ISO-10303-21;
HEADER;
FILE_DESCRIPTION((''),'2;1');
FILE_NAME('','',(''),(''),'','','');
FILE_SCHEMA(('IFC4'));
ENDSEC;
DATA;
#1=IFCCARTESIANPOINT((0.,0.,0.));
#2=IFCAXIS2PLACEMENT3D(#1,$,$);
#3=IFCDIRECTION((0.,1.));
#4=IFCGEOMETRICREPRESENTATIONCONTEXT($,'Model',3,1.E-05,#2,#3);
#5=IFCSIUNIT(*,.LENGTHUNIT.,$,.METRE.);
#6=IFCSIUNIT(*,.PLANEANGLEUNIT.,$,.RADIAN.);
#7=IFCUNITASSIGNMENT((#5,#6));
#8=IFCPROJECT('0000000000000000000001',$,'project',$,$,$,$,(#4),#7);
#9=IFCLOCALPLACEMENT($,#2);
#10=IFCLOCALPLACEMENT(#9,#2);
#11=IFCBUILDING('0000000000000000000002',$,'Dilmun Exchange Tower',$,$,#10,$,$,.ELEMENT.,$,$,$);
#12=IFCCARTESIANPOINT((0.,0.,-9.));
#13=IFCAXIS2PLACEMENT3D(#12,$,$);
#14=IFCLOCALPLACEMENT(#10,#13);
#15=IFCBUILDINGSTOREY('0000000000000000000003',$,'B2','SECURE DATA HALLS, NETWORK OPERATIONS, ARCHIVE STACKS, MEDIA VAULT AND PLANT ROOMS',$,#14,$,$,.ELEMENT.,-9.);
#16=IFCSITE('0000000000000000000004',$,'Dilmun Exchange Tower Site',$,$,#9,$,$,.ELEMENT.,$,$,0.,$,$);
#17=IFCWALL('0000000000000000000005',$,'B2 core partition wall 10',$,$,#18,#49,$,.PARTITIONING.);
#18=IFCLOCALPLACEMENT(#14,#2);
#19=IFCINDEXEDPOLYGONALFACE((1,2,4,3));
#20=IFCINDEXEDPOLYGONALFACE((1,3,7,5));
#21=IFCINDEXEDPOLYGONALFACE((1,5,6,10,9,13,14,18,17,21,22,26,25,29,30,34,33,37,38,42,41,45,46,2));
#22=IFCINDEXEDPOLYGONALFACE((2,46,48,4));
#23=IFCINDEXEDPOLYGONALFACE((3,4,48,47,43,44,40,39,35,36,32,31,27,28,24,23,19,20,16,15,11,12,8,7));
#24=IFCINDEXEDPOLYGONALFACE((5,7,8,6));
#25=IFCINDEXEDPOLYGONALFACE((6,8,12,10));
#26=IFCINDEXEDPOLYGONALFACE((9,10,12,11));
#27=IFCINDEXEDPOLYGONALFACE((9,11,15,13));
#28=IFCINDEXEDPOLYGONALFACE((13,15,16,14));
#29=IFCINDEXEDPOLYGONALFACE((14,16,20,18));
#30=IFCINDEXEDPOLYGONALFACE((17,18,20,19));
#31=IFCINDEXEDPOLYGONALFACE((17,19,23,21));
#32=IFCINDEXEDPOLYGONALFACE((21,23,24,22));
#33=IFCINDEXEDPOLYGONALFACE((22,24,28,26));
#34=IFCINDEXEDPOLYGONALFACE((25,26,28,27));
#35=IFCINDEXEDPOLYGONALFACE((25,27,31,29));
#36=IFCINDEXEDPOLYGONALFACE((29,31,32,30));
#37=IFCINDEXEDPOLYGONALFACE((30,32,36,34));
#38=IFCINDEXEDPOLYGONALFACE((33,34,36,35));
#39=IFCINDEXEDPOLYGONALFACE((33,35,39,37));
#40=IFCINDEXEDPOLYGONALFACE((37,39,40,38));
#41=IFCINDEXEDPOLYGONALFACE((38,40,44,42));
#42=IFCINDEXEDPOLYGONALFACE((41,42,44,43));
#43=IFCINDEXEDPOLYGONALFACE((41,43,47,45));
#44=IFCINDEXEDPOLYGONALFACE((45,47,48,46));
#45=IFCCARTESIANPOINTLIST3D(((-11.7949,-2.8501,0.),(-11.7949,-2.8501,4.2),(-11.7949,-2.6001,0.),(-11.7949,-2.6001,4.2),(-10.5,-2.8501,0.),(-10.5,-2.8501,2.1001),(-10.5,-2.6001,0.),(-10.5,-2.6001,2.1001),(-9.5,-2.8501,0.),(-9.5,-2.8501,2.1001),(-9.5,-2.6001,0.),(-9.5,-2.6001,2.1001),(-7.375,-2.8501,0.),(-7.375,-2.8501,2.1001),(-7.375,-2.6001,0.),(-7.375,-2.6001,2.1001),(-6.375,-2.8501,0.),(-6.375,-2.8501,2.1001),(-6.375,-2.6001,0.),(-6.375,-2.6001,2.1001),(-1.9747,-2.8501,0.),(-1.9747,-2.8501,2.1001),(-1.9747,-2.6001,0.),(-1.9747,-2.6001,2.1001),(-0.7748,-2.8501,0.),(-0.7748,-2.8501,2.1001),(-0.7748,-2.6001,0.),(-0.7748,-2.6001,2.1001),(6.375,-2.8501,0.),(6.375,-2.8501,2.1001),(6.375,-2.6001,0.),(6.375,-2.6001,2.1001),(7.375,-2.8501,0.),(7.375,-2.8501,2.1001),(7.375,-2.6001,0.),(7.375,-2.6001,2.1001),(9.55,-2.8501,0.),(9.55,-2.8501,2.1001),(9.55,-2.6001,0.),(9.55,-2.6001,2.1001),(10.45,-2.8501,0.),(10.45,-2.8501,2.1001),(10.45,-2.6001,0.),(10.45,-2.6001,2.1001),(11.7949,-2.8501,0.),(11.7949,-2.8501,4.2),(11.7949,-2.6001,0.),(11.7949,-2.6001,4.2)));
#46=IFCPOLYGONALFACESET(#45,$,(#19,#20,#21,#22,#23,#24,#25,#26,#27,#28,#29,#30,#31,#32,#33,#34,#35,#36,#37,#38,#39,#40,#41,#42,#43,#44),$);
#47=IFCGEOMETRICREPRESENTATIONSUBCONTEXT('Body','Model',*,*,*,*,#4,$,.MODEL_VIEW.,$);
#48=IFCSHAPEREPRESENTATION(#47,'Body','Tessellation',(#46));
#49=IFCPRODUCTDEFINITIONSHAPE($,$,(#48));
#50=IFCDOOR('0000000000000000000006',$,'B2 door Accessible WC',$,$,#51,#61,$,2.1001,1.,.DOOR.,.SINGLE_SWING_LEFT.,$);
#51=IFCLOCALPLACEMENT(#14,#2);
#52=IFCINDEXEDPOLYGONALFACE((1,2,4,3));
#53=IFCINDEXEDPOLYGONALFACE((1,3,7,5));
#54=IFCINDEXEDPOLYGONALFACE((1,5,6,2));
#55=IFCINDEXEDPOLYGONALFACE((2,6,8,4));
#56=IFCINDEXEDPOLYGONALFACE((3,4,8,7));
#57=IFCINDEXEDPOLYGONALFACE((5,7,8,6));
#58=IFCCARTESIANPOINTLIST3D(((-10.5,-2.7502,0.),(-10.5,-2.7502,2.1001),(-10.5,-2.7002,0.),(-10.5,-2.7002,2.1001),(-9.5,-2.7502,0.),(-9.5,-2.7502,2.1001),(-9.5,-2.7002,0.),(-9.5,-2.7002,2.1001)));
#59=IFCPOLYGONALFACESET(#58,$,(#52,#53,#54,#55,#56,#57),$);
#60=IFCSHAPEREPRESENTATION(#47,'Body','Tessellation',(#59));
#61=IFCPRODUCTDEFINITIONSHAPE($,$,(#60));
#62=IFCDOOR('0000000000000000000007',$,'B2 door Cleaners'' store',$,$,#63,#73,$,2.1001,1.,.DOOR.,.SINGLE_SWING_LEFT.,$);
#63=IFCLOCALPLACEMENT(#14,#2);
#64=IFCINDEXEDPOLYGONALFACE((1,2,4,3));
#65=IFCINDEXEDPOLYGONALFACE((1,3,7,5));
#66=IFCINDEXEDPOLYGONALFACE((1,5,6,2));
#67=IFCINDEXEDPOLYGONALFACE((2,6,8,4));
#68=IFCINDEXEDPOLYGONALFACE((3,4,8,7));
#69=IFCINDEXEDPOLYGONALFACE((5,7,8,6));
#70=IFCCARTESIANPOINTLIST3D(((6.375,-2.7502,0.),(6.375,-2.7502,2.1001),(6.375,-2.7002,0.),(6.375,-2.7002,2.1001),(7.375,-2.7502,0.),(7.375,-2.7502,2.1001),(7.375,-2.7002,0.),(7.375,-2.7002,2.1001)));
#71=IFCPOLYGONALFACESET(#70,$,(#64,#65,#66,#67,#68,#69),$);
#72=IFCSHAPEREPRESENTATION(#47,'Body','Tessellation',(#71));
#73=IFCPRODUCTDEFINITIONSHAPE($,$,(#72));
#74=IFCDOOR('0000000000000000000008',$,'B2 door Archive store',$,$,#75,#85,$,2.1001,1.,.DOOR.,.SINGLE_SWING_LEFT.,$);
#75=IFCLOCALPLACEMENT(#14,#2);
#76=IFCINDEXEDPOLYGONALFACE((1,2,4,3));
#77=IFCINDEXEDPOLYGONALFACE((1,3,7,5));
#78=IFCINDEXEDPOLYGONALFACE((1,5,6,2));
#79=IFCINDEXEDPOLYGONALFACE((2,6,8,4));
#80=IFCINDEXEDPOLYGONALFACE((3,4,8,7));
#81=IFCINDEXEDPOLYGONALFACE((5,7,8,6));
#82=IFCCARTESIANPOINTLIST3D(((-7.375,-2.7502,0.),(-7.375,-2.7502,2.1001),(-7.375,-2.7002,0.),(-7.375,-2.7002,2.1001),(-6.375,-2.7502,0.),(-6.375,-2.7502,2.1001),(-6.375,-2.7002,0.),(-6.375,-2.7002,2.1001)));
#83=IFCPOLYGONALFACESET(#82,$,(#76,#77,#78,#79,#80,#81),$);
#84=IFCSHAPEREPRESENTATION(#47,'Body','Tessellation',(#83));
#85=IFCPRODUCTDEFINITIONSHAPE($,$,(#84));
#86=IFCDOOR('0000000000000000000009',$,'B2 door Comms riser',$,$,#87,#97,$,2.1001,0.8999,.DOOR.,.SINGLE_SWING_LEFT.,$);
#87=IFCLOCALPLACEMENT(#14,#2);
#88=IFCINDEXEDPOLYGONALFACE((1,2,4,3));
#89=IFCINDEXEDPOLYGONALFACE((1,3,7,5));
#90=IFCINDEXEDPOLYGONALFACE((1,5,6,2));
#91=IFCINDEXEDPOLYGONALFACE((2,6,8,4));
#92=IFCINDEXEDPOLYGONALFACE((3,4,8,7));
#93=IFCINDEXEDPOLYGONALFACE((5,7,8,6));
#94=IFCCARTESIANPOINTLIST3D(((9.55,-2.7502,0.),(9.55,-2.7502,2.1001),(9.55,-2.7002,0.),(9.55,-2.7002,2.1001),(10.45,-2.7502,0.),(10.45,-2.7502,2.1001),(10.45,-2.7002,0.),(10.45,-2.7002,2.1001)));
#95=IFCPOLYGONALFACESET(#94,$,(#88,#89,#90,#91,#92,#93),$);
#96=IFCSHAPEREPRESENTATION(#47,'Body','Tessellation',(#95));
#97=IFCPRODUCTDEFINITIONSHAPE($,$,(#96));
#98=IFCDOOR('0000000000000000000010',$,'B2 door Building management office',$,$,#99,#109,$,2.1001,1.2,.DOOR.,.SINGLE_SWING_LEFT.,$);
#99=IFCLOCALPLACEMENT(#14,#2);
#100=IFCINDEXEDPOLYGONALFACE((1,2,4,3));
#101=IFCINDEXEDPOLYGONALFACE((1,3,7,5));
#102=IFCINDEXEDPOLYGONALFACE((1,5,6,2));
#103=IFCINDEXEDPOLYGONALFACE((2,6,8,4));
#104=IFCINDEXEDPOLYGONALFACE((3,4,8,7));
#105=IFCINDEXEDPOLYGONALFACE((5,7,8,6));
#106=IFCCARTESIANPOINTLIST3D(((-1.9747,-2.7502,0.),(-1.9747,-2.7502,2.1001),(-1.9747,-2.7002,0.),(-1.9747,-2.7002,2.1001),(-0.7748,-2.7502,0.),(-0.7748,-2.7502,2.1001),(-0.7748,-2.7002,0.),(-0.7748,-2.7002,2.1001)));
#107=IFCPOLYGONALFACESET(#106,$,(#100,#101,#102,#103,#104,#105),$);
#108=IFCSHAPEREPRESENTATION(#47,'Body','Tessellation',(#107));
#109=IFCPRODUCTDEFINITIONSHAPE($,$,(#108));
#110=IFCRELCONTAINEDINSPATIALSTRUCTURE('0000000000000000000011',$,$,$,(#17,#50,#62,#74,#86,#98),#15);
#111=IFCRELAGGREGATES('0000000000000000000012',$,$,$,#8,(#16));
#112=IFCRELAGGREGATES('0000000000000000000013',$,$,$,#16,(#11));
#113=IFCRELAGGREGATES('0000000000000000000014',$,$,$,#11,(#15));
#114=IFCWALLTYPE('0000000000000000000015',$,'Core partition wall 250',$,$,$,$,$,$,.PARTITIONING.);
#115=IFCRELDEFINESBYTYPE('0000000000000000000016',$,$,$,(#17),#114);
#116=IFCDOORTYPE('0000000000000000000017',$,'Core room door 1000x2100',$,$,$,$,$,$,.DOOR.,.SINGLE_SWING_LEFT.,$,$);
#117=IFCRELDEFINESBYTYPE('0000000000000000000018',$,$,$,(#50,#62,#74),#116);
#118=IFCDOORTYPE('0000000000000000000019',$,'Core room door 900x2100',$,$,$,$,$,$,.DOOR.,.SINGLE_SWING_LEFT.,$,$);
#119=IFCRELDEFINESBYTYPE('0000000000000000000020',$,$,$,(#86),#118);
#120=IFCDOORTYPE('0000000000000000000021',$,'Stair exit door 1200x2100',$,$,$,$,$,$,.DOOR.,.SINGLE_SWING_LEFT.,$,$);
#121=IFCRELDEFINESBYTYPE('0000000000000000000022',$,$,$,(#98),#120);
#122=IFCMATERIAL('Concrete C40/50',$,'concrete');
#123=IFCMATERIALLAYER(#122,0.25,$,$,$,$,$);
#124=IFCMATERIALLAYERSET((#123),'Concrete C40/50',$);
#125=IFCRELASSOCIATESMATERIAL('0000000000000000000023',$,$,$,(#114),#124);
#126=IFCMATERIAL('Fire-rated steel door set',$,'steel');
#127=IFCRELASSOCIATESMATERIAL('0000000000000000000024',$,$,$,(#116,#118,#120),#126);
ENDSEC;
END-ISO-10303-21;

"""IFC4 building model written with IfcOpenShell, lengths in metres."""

from ifc_helpers import new_model, si_unit, direction, frame, frame_2d, origin, place, context, subcontext, project, spatial, rectangle, extrude, material, layer, layer_set, type_object, element, fill, save


model = new_model("IFC4")

# Units and contexts
model_context = context("Model", 3, precision=1e-05, world=origin(), true_north=direction((0.0, 1.0)))
body_context = subcontext(model_context, "Body", "Model", "MODEL_VIEW")
ifc_project = project(units=[si_unit("LENGTHUNIT", "METRE"), si_unit("PLANEANGLEUNIT", "RADIAN")], contexts=[model_context])

# Site, building, storey
site_placement = place(None, origin())
site = spatial("IfcSite", under=ifc_project, at=site_placement, Name="Dilmun Exchange Tower Site", CompositionType="ELEMENT", RefElevation=0.0)
building_placement = place(site_placement, origin())
building = spatial("IfcBuilding", under=site, at=building_placement, Name="Dilmun Exchange Tower", CompositionType="ELEMENT")
storey_placement = place(building_placement, frame((0.0, 0.0, -9.0)))
storey = spatial("IfcBuildingStorey", under=building, at=storey_placement, Name="B2", Description="SECURE DATA HALLS, NETWORK OPERATIONS, ARCHIVE STACKS, MEDIA VAULT AND PLANT ROOMS", CompositionType="ELEMENT", Elevation=-9.0)

# Wall, openings, doors
ifc_material_1 = material(Name="Concrete C40/50", Category="concrete")
ifc_layer_1 = layer(ifc_material_1, 0.25)
ifc_layer_set_1 = layer_set([ifc_layer_1], Name="Concrete C40/50")
wall_type_1 = type_object("IfcWallType", Name="Core partition wall 250", PredefinedType="PARTITIONING", material=ifc_layer_set_1)
wall_1_placement = place(storey_placement, frame((-11.7949, -2.7251, 0.0), z_axis=(0.0, 0.0, 1.0), x_axis=(1.0, 0.0, 0.0)))
wall_1 = element("IfcWall", 1, at=wall_1_placement, inside=storey, type_object=wall_type_1, Name="B2 core partition wall 10", PredefinedType="PARTITIONING", context=body_context, shape_type="SweptSolid", body=[
    extrude(rectangle(XDim=23.5898, YDim=0.25, at=frame_2d((11.7949, 0.0))), origin(), (0.0, 0.0, 1.0), 4.2),
])
opening_1_placement = place(wall_1_placement, frame((1.2949, 0.0, 0.0)))
opening_1 = element("IfcOpeningElement", 2, at=opening_1_placement, cuts=wall_1, PredefinedType="OPENING", context=body_context, shape_type="SweptSolid", body=[
    extrude(rectangle(XDim=1.0, YDim=2.1001, at=frame_2d((0.5, 1.05))), frame((0.0, 0.135, 0.0), z_axis=(0.0, -1.0, 0.0), x_axis=(1.0, 0.0, 0.0)), (0.0, 0.0, 1.0), 0.27),
])
opening_2_placement = place(wall_1_placement, frame((18.1699, 0.0, 0.0)))
opening_2 = element("IfcOpeningElement", 3, at=opening_2_placement, cuts=wall_1, PredefinedType="OPENING", context=body_context, shape_type="SweptSolid", body=[
    extrude(rectangle(XDim=1.0, YDim=2.1001, at=frame_2d((0.5, 1.05))), frame((0.0, 0.135, 0.0), z_axis=(0.0, -1.0, 0.0), x_axis=(1.0, 0.0, 0.0)), (0.0, 0.0, 1.0), 0.27),
])
opening_3_placement = place(wall_1_placement, frame((21.345, 0.0, 0.0)))
opening_3 = element("IfcOpeningElement", 4, at=opening_3_placement, cuts=wall_1, PredefinedType="OPENING", context=body_context, shape_type="SweptSolid", body=[
    extrude(rectangle(XDim=0.8999, YDim=2.1001, at=frame_2d((0.45, 1.05))), frame((0.0, 0.135, 0.0), z_axis=(0.0, -1.0, 0.0), x_axis=(1.0, 0.0, 0.0)), (0.0, 0.0, 1.0), 0.27),
])
opening_4_placement = place(wall_1_placement, frame((4.4199, 0.0, 0.0)))
opening_4 = element("IfcOpeningElement", 5, at=opening_4_placement, cuts=wall_1, PredefinedType="OPENING", context=body_context, shape_type="SweptSolid", body=[
    extrude(rectangle(XDim=1.0, YDim=2.1001, at=frame_2d((0.5, 1.05))), frame((0.0, 0.135, 0.0), z_axis=(0.0, -1.0, 0.0), x_axis=(1.0, 0.0, 0.0)), (0.0, 0.0, 1.0), 0.27),
])
opening_5_placement = place(wall_1_placement, frame((9.8201, 0.0, 0.0)))
opening_5 = element("IfcOpeningElement", 6, at=opening_5_placement, cuts=wall_1, PredefinedType="OPENING", context=body_context, shape_type="SweptSolid", body=[
    extrude(rectangle(XDim=1.2, YDim=2.1001, at=frame_2d((0.6001, 1.05))), frame((0.0, 0.135, 0.0), z_axis=(0.0, -1.0, 0.0), x_axis=(1.0, 0.0, 0.0)), (0.0, 0.0, 1.0), 0.27),
])
ifc_material_2 = material(Name="Fire-rated steel door set", Category="steel")
door_type_1 = type_object("IfcDoorType", Name="Core room door 1000x2100", OperationType="SINGLE_SWING_LEFT", PredefinedType="DOOR", material=ifc_material_2)
door_1_placement = place(opening_1_placement, origin())
door_1 = element("IfcDoor", 7, at=door_1_placement, inside=storey, type_object=door_type_1, Name="B2 door Accessible WC", OperationType="SINGLE_SWING_LEFT", OverallHeight=2.1001, OverallWidth=1.0, PredefinedType="DOOR", context=body_context, shape_type="SweptSolid", body=[
    extrude(rectangle(XDim=1.0, YDim=2.1001, at=frame_2d((0.5, 1.05))), frame((0.0, 0.0249, 0.0), z_axis=(0.0, -1.0, 0.0), x_axis=(1.0, 0.0, 0.0)), (0.0, 0.0, 1.0), 0.05),
])
fill(opening_1, door_1)
door_2_placement = place(opening_2_placement, origin())
door_2 = element("IfcDoor", 8, at=door_2_placement, inside=storey, type_object=door_type_1, Name="B2 door Cleaners' store", OperationType="SINGLE_SWING_LEFT", OverallHeight=2.1001, OverallWidth=1.0, PredefinedType="DOOR", context=body_context, shape_type="SweptSolid", body=[
    extrude(rectangle(XDim=1.0, YDim=2.1001, at=frame_2d((0.5, 1.05))), frame((0.0, 0.0249, 0.0), z_axis=(0.0, -1.0, 0.0), x_axis=(1.0, 0.0, 0.0)), (0.0, 0.0, 1.0), 0.05),
])
fill(opening_2, door_2)
door_3_placement = place(opening_4_placement, origin())
door_3 = element("IfcDoor", 9, at=door_3_placement, inside=storey, type_object=door_type_1, Name="B2 door Archive store", OperationType="SINGLE_SWING_LEFT", OverallHeight=2.1001, OverallWidth=1.0, PredefinedType="DOOR", context=body_context, shape_type="SweptSolid", body=[
    extrude(rectangle(XDim=1.0, YDim=2.1001, at=frame_2d((0.5, 1.05))), frame((0.0, 0.0249, 0.0), z_axis=(0.0, -1.0, 0.0), x_axis=(1.0, 0.0, 0.0)), (0.0, 0.0, 1.0), 0.05),
])
fill(opening_4, door_3)
door_type_2 = type_object("IfcDoorType", Name="Core room door 900x2100", OperationType="SINGLE_SWING_LEFT", PredefinedType="DOOR", material=ifc_material_2)
door_4_placement = place(opening_3_placement, origin())
door_4 = element("IfcDoor", 10, at=door_4_placement, inside=storey, type_object=door_type_2, Name="B2 door Comms riser", OperationType="SINGLE_SWING_LEFT", OverallHeight=2.1001, OverallWidth=0.8999, PredefinedType="DOOR", context=body_context, shape_type="SweptSolid", body=[
    extrude(rectangle(XDim=0.8999, YDim=2.1001, at=frame_2d((0.45, 1.05))), frame((0.0, 0.0249, 0.0), z_axis=(0.0, -1.0, 0.0), x_axis=(1.0, 0.0, 0.0)), (0.0, 0.0, 1.0), 0.05),
])
fill(opening_3, door_4)
door_type_3 = type_object("IfcDoorType", Name="Stair exit door 1200x2100", OperationType="SINGLE_SWING_LEFT", PredefinedType="DOOR", material=ifc_material_2)
door_5_placement = place(opening_5_placement, origin())
door_5 = element("IfcDoor", 11, at=door_5_placement, inside=storey, type_object=door_type_3, Name="B2 door Building management office", OperationType="SINGLE_SWING_LEFT", OverallHeight=2.1001, OverallWidth=1.2, PredefinedType="DOOR", context=body_context, shape_type="SweptSolid", body=[
    extrude(rectangle(XDim=1.2, YDim=2.1001, at=frame_2d((0.6001, 1.05))), frame((0.0, 0.0249, 0.0), z_axis=(0.0, -1.0, 0.0), x_axis=(1.0, 0.0, 0.0)), (0.0, 0.0, 1.0), 0.05),
])
fill(opening_5, door_5)

save(model, "model.ifc")
